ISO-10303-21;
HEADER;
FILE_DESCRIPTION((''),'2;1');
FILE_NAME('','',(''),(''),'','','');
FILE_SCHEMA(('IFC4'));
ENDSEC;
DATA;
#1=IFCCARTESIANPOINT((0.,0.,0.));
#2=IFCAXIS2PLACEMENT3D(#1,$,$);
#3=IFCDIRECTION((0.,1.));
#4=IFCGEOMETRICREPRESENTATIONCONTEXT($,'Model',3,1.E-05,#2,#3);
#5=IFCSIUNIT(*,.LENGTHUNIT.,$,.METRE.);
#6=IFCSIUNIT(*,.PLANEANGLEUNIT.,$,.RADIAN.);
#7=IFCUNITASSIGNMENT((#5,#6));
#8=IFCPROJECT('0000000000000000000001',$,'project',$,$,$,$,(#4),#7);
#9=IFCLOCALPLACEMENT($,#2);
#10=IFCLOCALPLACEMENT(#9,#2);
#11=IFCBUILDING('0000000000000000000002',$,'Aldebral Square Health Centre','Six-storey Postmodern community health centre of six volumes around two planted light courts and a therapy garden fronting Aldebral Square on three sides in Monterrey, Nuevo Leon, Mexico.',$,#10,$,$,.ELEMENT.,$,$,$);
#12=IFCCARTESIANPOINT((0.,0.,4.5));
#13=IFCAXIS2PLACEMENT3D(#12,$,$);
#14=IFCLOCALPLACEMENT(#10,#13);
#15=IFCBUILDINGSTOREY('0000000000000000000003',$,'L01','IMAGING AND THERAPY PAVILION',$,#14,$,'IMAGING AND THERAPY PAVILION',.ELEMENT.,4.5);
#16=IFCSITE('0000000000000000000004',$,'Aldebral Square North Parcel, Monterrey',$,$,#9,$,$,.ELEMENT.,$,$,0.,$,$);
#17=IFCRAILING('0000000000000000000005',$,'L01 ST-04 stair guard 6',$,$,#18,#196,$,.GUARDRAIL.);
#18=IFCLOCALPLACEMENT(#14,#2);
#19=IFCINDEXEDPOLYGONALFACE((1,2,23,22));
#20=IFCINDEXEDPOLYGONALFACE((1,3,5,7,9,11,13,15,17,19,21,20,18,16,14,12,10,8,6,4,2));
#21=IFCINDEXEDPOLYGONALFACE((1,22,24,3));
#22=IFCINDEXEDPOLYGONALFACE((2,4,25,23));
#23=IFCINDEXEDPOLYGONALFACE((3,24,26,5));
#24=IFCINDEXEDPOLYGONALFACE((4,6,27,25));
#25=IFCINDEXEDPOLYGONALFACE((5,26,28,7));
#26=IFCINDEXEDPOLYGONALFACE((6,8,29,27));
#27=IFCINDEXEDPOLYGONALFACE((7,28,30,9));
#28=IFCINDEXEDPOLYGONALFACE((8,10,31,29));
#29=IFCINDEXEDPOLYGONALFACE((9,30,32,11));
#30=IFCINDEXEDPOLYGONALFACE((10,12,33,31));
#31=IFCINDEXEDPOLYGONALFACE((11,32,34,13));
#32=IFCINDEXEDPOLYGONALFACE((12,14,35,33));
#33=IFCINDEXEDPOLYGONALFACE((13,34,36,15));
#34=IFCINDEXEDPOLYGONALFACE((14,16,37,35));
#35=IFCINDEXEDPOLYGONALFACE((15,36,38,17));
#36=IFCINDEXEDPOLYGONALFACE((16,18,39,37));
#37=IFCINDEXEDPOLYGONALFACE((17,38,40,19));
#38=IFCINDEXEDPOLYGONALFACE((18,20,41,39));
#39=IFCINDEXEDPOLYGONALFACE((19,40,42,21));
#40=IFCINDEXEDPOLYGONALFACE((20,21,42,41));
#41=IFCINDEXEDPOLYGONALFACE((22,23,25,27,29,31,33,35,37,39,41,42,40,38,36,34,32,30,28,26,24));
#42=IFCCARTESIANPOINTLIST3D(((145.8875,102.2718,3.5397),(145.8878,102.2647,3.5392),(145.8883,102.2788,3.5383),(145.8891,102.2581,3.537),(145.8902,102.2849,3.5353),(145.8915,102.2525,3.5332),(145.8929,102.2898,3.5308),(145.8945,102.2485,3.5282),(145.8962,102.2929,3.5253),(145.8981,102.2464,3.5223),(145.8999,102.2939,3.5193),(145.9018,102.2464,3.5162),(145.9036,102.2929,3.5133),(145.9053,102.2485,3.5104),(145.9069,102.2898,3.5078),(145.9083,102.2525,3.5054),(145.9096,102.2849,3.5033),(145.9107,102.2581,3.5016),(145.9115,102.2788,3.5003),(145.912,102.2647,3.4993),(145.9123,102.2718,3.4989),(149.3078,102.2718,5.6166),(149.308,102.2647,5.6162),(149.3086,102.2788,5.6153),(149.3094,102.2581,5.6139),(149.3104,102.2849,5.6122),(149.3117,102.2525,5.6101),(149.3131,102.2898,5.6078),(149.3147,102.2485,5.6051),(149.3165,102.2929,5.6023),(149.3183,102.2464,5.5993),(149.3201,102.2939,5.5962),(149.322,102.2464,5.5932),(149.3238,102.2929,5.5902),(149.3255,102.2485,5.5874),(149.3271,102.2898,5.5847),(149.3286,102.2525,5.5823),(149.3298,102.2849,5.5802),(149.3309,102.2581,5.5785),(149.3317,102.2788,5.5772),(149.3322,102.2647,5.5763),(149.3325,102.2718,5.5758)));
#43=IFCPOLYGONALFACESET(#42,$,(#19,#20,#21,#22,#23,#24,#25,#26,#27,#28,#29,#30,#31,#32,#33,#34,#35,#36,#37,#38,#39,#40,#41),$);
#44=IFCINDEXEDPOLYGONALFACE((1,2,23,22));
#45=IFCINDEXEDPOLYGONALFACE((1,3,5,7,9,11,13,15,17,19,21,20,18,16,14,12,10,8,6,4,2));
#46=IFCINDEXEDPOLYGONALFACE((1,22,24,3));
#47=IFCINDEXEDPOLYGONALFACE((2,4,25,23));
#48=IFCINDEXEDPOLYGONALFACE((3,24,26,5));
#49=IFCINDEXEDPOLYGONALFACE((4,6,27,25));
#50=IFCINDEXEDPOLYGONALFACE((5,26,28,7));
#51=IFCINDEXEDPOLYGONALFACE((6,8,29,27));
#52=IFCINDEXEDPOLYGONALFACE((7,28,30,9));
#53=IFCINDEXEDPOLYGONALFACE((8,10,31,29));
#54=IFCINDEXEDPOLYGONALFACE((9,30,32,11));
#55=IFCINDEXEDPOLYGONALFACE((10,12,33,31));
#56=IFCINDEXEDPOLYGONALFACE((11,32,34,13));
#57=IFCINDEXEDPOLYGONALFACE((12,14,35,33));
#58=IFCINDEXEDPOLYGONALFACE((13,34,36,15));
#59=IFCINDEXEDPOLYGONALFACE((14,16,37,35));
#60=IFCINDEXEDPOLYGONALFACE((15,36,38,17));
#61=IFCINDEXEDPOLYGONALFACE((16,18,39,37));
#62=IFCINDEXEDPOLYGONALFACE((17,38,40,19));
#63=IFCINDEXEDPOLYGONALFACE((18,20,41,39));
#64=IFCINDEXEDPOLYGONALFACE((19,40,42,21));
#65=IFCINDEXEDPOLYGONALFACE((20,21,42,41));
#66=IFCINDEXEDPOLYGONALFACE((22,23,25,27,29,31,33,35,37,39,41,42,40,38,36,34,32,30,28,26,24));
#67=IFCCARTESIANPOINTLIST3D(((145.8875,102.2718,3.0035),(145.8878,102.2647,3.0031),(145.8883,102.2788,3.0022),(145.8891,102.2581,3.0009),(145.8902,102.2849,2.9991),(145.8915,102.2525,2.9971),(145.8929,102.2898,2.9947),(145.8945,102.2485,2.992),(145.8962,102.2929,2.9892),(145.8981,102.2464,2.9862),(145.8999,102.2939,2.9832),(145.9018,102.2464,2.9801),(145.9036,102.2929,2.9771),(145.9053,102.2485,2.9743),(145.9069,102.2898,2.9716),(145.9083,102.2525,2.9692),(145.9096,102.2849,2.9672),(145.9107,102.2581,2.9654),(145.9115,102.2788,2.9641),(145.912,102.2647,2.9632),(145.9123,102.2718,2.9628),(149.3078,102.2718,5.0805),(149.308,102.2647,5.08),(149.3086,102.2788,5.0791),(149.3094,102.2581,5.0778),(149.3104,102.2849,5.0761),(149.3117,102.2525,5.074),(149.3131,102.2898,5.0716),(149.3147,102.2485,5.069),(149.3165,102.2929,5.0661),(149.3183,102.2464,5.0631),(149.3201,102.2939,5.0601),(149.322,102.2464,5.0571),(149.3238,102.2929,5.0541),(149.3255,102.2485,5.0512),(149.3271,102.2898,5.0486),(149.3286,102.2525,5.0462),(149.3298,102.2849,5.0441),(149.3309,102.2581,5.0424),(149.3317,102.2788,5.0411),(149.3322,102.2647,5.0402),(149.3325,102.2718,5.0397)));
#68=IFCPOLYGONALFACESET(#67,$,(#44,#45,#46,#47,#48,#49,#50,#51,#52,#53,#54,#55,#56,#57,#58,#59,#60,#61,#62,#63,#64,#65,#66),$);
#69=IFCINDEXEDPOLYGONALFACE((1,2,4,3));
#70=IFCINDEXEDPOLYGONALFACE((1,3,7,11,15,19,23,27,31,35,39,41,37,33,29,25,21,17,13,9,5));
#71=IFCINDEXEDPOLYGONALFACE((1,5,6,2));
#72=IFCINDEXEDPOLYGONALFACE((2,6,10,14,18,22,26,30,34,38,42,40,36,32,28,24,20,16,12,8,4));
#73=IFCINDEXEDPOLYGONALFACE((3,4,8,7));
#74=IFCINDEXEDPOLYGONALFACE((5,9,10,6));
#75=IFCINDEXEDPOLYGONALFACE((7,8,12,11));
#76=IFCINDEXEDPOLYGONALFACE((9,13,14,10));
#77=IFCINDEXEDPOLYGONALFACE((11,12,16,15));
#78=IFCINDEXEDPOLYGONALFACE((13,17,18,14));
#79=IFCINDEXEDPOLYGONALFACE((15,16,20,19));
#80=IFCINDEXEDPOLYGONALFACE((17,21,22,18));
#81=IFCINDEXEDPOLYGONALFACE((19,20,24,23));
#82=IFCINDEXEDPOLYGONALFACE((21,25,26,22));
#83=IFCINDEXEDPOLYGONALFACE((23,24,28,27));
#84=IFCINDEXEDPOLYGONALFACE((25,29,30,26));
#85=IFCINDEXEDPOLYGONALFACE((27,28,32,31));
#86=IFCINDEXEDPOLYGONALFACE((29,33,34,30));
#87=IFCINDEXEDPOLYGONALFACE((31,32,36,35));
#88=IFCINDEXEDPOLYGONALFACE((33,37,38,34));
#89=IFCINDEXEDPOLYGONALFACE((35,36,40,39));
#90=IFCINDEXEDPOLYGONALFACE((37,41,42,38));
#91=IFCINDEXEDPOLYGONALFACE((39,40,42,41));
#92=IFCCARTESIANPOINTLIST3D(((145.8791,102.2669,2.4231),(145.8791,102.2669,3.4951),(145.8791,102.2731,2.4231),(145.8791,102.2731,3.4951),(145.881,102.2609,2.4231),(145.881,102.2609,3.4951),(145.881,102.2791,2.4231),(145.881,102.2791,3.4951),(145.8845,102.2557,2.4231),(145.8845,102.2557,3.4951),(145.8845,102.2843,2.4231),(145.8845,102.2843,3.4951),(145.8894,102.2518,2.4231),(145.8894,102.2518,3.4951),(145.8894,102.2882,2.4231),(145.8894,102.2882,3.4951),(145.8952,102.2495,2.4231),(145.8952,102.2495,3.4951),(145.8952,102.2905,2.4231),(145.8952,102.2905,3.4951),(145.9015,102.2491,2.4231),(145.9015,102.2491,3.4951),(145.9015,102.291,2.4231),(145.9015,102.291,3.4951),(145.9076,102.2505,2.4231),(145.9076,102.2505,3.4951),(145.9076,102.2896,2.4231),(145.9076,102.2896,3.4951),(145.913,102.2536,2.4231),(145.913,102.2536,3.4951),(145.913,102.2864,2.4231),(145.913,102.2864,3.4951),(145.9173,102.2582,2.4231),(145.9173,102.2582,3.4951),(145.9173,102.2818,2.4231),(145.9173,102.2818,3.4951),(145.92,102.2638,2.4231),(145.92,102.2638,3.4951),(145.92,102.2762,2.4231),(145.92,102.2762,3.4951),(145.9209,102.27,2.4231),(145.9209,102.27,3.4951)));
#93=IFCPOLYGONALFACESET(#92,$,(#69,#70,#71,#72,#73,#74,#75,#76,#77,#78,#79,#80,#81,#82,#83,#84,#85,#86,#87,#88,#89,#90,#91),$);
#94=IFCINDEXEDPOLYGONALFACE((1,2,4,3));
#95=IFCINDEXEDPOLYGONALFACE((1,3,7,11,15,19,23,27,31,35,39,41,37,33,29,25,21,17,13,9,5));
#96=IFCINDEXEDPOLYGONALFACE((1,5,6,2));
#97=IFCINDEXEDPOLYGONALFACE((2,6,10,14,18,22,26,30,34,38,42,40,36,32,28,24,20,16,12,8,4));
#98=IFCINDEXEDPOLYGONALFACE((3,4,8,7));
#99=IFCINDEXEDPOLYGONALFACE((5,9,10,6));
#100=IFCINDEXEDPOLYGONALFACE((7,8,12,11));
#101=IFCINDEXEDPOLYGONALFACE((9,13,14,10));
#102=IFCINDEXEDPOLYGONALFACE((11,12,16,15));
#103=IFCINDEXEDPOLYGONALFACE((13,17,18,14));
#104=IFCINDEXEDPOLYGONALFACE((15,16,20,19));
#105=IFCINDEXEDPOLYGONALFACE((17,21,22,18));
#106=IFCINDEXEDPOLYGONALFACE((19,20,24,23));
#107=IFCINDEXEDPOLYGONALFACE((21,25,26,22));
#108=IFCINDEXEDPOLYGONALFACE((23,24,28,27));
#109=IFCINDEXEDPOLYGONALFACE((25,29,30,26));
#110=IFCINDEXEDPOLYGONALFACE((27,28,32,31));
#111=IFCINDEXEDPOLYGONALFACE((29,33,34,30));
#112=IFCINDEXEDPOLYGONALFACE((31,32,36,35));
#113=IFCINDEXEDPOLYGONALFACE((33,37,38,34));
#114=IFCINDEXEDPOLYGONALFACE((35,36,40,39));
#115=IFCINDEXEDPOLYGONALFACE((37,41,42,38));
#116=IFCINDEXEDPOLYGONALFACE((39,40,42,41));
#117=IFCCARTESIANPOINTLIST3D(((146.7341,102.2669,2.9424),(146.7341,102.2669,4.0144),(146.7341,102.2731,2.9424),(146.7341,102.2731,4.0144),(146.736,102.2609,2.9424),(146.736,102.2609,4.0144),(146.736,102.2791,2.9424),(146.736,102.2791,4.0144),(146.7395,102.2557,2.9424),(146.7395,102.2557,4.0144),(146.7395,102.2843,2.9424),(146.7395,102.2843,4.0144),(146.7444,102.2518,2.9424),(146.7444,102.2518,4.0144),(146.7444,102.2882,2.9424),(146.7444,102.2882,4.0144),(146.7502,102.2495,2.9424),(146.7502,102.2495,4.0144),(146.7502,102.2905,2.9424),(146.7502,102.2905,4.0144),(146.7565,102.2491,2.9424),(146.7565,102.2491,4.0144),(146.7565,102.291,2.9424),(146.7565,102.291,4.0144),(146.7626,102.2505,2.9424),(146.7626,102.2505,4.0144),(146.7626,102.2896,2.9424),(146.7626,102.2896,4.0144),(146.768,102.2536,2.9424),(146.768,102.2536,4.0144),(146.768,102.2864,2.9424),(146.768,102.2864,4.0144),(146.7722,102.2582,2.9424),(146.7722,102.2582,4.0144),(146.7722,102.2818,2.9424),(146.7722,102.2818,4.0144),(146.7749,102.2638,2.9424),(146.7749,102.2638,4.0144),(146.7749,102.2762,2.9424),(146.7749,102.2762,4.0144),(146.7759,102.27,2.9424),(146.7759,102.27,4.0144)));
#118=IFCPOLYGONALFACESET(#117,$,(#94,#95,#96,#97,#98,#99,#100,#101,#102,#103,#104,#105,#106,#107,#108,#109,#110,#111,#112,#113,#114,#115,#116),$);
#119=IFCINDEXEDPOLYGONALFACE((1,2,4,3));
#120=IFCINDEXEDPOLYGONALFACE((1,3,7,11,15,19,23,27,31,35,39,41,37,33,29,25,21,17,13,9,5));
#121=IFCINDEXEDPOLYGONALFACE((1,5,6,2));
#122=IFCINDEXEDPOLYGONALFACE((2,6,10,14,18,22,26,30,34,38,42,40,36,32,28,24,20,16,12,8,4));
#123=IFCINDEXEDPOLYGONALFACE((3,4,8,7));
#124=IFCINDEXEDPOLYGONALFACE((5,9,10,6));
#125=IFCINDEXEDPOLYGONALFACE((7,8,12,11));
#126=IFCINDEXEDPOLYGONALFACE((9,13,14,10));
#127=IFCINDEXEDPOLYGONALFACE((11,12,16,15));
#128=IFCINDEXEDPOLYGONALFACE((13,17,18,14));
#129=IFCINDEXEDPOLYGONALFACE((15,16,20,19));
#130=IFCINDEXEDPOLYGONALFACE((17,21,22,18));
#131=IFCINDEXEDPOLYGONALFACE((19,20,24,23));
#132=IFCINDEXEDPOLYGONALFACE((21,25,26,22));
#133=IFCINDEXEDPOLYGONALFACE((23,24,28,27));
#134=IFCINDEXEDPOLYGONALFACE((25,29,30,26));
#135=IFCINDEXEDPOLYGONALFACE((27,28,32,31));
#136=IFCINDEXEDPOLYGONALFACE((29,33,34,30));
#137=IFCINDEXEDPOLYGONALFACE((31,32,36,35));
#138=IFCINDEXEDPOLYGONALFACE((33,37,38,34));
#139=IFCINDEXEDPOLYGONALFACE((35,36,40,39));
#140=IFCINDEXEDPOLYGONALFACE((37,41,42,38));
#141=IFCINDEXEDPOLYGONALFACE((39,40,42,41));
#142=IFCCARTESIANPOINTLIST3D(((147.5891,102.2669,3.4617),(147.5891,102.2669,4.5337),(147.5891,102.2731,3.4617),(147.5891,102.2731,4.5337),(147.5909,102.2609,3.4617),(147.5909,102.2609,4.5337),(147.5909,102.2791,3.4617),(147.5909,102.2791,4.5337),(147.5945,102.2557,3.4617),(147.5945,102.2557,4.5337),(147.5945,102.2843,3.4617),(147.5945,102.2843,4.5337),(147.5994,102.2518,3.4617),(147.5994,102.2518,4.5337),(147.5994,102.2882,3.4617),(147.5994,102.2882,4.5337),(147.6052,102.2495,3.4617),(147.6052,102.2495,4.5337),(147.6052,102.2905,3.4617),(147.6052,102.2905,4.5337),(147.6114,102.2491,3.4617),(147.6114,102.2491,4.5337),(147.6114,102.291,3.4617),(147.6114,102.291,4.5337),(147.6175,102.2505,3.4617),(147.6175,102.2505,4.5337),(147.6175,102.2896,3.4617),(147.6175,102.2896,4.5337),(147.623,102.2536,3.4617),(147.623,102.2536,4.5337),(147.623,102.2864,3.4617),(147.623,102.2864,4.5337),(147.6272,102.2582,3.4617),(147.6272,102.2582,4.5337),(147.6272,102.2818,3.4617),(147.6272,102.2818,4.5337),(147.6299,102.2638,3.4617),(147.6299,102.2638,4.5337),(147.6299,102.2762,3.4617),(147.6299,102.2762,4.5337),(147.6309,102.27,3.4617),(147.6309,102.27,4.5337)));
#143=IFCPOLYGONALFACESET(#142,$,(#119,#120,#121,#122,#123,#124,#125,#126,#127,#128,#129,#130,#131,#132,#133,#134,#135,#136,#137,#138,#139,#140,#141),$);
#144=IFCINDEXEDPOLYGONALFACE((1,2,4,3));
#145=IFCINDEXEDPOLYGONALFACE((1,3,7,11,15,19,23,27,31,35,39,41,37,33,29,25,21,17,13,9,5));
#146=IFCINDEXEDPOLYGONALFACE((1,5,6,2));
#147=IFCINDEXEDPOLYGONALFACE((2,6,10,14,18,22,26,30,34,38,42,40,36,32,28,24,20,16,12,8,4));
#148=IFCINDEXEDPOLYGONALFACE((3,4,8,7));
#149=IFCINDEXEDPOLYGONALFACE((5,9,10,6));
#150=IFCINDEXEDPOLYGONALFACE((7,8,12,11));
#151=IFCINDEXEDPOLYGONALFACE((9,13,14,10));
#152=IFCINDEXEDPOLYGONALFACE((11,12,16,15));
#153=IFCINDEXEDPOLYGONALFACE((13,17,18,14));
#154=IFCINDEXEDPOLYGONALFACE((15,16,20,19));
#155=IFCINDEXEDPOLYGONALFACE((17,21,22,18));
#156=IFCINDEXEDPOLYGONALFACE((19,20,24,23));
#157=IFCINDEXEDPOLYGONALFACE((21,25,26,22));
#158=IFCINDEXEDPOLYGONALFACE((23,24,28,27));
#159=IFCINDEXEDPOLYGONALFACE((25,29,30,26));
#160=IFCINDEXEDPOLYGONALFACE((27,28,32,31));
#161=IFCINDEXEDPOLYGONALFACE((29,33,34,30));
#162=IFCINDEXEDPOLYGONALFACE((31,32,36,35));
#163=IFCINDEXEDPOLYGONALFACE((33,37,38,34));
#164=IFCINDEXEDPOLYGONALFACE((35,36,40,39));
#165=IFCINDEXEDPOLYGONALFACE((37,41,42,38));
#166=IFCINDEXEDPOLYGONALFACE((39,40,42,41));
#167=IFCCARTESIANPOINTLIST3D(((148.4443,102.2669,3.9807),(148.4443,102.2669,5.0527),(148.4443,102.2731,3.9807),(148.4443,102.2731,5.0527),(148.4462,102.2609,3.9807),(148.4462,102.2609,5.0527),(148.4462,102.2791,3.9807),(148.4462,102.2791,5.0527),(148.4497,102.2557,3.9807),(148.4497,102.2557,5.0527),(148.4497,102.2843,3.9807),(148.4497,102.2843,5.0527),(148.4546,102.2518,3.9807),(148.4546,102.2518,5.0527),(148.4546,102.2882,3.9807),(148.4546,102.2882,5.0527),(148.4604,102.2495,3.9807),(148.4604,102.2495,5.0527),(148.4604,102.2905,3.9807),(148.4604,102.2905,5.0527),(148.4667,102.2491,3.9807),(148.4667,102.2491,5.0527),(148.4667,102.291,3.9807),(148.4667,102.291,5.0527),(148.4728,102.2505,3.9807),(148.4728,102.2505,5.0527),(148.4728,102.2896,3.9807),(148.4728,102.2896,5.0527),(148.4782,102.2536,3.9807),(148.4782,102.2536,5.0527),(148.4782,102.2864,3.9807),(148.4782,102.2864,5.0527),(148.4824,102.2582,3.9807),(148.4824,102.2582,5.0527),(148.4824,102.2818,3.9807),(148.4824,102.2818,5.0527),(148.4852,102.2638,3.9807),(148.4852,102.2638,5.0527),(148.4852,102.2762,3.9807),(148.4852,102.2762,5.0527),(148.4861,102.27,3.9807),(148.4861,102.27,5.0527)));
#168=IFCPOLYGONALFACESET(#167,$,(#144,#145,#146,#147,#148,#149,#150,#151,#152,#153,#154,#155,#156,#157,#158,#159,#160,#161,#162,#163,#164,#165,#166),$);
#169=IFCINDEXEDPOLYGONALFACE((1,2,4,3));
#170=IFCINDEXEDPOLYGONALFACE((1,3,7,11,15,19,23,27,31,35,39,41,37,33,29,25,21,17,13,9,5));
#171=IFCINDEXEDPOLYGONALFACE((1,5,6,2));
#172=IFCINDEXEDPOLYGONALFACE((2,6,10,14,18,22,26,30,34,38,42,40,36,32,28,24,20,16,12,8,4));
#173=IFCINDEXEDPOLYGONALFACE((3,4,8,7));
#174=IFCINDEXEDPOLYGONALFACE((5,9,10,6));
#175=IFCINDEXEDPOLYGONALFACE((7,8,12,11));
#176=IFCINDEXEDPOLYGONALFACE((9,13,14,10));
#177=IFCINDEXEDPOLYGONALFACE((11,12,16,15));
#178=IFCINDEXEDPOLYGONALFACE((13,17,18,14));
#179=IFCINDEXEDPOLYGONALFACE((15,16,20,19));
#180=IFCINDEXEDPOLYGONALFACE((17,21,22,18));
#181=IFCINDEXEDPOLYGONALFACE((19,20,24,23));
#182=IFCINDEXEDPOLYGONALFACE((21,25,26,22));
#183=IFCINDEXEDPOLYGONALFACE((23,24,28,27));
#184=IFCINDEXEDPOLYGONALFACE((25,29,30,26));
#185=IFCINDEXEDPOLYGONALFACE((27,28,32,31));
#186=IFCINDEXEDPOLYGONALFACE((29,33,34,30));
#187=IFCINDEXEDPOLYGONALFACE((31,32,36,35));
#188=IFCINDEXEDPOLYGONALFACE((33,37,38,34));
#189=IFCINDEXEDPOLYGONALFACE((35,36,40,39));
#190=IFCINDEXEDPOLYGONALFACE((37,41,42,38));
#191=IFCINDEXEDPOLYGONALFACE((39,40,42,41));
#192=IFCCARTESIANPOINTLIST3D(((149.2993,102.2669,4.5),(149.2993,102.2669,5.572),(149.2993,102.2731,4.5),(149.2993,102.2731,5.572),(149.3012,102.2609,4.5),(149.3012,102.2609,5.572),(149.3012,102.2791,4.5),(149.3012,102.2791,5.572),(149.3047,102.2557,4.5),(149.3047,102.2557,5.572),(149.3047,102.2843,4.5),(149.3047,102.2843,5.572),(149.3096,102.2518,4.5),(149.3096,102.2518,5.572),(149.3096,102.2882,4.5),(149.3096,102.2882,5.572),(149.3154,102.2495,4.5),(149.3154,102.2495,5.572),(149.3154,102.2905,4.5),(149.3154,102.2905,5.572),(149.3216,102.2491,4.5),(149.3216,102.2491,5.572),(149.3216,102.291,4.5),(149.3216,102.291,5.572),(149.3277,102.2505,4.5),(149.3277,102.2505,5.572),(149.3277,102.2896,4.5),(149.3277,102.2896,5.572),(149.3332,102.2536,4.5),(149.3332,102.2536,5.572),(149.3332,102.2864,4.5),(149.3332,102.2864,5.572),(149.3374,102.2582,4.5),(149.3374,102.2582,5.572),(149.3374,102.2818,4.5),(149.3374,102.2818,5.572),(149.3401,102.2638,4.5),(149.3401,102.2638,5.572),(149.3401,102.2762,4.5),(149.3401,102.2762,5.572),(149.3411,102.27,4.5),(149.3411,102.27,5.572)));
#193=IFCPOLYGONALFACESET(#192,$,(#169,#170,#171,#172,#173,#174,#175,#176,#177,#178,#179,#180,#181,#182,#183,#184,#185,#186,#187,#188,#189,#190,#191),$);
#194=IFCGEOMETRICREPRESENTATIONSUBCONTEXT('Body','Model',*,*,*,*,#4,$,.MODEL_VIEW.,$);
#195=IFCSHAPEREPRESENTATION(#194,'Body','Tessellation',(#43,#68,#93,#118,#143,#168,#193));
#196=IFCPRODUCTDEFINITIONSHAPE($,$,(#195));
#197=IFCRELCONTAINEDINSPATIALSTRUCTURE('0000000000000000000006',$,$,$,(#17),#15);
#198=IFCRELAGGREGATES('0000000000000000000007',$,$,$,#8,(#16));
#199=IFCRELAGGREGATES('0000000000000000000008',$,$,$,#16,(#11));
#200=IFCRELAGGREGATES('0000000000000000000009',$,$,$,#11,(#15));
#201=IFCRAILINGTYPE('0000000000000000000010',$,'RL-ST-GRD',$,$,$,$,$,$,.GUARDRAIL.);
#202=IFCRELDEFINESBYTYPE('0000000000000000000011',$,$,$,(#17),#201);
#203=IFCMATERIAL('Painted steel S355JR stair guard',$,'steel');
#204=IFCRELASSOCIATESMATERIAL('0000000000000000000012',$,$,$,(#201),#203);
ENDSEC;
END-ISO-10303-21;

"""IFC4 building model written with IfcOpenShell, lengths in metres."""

from ifc_helpers import new_model, si_unit, direction, frame, origin, origin_2d, place, context, subcontext, project, spatial, circle, extrude, material, type_object, element, save


model = new_model("IFC4")

# Units and contexts
model_context = context("Model", 3, precision=1e-05, world=origin(), true_north=direction((0.0, 1.0)))
body_context = subcontext(model_context, "Body", "Model", "MODEL_VIEW")
ifc_project = project(units=[si_unit("LENGTHUNIT", "METRE"), si_unit("PLANEANGLEUNIT", "RADIAN")], contexts=[model_context])

# Site, building, storey
site_placement = place(None, origin())
site = spatial("IfcSite", under=ifc_project, at=site_placement, Name="Aldebral Square North Parcel, Monterrey", CompositionType="ELEMENT", RefElevation=0.0)
building_placement = place(site_placement, origin())
building = spatial("IfcBuilding", under=site, at=building_placement, Name="Aldebral Square Health Centre", Description="Six-storey Postmodern community health centre of six volumes around two planted light courts and a therapy garden fronting Aldebral Square on three sides in Monterrey, Nuevo Leon, Mexico.", CompositionType="ELEMENT")
storey_placement = place(building_placement, frame((0.0, 0.0, 4.5)))
storey = spatial("IfcBuildingStorey", under=building, at=storey_placement, Name="L01", Description="IMAGING AND THERAPY PAVILION", LongName="IMAGING AND THERAPY PAVILION", CompositionType="ELEMENT", Elevation=4.5)

# Railing
ifc_material_1 = material(Name="Painted steel S355JR stair guard", Category="steel")
railing_type_1 = type_object("IfcRailingType", Name="RL-ST-GRD", PredefinedType="GUARDRAIL", material=ifc_material_1)
railing_1_placement = place(storey_placement, frame((145.8999, 102.27, 2.4231)))
element("IfcRailing", 1, at=railing_1_placement, inside=storey, type_object=railing_type_1, Name="L01 ST-04 stair guard 6", PredefinedType="GUARDRAIL", context=body_context, shape_type="SweptSolid", body=[
    extrude(circle(Radius=0.0239, at=origin_2d()), frame((0.0, 0.0, 1.0962), z_axis=(0.854746, 0.0, 0.519047), x_axis=(0.0, 1.0, 0.0)), (0.0, 0.0, 1.0), 4.0015),
    extrude(circle(Radius=0.0239, at=origin_2d()), frame((0.0, 0.0, 0.5601), z_axis=(0.854746, 0.0, 0.519047), x_axis=(0.0, 1.0, 0.0)), (0.0, 0.0, 1.0), 4.0015),
    extrude(circle(Radius=0.021, at=origin_2d()), origin(), (0.0, 0.0, 1.0), 1.072),
    extrude(circle(Radius=0.021, at=origin_2d()), frame((0.855, 0.0, 0.5193)), (0.0, 0.0, 1.0), 1.072),
    extrude(circle(Radius=0.021, at=origin_2d()), frame((1.71, 0.0, 1.0386)), (0.0, 0.0, 1.0), 1.072),
    extrude(circle(Radius=0.021, at=origin_2d()), frame((2.5652, 0.0, 1.5576)), (0.0, 0.0, 1.0), 1.072),
    extrude(circle(Radius=0.021, at=origin_2d()), frame((3.4202, 0.0, 2.0769)), (0.0, 0.0, 1.0), 1.072),
])

save(model, "model.ifc")
